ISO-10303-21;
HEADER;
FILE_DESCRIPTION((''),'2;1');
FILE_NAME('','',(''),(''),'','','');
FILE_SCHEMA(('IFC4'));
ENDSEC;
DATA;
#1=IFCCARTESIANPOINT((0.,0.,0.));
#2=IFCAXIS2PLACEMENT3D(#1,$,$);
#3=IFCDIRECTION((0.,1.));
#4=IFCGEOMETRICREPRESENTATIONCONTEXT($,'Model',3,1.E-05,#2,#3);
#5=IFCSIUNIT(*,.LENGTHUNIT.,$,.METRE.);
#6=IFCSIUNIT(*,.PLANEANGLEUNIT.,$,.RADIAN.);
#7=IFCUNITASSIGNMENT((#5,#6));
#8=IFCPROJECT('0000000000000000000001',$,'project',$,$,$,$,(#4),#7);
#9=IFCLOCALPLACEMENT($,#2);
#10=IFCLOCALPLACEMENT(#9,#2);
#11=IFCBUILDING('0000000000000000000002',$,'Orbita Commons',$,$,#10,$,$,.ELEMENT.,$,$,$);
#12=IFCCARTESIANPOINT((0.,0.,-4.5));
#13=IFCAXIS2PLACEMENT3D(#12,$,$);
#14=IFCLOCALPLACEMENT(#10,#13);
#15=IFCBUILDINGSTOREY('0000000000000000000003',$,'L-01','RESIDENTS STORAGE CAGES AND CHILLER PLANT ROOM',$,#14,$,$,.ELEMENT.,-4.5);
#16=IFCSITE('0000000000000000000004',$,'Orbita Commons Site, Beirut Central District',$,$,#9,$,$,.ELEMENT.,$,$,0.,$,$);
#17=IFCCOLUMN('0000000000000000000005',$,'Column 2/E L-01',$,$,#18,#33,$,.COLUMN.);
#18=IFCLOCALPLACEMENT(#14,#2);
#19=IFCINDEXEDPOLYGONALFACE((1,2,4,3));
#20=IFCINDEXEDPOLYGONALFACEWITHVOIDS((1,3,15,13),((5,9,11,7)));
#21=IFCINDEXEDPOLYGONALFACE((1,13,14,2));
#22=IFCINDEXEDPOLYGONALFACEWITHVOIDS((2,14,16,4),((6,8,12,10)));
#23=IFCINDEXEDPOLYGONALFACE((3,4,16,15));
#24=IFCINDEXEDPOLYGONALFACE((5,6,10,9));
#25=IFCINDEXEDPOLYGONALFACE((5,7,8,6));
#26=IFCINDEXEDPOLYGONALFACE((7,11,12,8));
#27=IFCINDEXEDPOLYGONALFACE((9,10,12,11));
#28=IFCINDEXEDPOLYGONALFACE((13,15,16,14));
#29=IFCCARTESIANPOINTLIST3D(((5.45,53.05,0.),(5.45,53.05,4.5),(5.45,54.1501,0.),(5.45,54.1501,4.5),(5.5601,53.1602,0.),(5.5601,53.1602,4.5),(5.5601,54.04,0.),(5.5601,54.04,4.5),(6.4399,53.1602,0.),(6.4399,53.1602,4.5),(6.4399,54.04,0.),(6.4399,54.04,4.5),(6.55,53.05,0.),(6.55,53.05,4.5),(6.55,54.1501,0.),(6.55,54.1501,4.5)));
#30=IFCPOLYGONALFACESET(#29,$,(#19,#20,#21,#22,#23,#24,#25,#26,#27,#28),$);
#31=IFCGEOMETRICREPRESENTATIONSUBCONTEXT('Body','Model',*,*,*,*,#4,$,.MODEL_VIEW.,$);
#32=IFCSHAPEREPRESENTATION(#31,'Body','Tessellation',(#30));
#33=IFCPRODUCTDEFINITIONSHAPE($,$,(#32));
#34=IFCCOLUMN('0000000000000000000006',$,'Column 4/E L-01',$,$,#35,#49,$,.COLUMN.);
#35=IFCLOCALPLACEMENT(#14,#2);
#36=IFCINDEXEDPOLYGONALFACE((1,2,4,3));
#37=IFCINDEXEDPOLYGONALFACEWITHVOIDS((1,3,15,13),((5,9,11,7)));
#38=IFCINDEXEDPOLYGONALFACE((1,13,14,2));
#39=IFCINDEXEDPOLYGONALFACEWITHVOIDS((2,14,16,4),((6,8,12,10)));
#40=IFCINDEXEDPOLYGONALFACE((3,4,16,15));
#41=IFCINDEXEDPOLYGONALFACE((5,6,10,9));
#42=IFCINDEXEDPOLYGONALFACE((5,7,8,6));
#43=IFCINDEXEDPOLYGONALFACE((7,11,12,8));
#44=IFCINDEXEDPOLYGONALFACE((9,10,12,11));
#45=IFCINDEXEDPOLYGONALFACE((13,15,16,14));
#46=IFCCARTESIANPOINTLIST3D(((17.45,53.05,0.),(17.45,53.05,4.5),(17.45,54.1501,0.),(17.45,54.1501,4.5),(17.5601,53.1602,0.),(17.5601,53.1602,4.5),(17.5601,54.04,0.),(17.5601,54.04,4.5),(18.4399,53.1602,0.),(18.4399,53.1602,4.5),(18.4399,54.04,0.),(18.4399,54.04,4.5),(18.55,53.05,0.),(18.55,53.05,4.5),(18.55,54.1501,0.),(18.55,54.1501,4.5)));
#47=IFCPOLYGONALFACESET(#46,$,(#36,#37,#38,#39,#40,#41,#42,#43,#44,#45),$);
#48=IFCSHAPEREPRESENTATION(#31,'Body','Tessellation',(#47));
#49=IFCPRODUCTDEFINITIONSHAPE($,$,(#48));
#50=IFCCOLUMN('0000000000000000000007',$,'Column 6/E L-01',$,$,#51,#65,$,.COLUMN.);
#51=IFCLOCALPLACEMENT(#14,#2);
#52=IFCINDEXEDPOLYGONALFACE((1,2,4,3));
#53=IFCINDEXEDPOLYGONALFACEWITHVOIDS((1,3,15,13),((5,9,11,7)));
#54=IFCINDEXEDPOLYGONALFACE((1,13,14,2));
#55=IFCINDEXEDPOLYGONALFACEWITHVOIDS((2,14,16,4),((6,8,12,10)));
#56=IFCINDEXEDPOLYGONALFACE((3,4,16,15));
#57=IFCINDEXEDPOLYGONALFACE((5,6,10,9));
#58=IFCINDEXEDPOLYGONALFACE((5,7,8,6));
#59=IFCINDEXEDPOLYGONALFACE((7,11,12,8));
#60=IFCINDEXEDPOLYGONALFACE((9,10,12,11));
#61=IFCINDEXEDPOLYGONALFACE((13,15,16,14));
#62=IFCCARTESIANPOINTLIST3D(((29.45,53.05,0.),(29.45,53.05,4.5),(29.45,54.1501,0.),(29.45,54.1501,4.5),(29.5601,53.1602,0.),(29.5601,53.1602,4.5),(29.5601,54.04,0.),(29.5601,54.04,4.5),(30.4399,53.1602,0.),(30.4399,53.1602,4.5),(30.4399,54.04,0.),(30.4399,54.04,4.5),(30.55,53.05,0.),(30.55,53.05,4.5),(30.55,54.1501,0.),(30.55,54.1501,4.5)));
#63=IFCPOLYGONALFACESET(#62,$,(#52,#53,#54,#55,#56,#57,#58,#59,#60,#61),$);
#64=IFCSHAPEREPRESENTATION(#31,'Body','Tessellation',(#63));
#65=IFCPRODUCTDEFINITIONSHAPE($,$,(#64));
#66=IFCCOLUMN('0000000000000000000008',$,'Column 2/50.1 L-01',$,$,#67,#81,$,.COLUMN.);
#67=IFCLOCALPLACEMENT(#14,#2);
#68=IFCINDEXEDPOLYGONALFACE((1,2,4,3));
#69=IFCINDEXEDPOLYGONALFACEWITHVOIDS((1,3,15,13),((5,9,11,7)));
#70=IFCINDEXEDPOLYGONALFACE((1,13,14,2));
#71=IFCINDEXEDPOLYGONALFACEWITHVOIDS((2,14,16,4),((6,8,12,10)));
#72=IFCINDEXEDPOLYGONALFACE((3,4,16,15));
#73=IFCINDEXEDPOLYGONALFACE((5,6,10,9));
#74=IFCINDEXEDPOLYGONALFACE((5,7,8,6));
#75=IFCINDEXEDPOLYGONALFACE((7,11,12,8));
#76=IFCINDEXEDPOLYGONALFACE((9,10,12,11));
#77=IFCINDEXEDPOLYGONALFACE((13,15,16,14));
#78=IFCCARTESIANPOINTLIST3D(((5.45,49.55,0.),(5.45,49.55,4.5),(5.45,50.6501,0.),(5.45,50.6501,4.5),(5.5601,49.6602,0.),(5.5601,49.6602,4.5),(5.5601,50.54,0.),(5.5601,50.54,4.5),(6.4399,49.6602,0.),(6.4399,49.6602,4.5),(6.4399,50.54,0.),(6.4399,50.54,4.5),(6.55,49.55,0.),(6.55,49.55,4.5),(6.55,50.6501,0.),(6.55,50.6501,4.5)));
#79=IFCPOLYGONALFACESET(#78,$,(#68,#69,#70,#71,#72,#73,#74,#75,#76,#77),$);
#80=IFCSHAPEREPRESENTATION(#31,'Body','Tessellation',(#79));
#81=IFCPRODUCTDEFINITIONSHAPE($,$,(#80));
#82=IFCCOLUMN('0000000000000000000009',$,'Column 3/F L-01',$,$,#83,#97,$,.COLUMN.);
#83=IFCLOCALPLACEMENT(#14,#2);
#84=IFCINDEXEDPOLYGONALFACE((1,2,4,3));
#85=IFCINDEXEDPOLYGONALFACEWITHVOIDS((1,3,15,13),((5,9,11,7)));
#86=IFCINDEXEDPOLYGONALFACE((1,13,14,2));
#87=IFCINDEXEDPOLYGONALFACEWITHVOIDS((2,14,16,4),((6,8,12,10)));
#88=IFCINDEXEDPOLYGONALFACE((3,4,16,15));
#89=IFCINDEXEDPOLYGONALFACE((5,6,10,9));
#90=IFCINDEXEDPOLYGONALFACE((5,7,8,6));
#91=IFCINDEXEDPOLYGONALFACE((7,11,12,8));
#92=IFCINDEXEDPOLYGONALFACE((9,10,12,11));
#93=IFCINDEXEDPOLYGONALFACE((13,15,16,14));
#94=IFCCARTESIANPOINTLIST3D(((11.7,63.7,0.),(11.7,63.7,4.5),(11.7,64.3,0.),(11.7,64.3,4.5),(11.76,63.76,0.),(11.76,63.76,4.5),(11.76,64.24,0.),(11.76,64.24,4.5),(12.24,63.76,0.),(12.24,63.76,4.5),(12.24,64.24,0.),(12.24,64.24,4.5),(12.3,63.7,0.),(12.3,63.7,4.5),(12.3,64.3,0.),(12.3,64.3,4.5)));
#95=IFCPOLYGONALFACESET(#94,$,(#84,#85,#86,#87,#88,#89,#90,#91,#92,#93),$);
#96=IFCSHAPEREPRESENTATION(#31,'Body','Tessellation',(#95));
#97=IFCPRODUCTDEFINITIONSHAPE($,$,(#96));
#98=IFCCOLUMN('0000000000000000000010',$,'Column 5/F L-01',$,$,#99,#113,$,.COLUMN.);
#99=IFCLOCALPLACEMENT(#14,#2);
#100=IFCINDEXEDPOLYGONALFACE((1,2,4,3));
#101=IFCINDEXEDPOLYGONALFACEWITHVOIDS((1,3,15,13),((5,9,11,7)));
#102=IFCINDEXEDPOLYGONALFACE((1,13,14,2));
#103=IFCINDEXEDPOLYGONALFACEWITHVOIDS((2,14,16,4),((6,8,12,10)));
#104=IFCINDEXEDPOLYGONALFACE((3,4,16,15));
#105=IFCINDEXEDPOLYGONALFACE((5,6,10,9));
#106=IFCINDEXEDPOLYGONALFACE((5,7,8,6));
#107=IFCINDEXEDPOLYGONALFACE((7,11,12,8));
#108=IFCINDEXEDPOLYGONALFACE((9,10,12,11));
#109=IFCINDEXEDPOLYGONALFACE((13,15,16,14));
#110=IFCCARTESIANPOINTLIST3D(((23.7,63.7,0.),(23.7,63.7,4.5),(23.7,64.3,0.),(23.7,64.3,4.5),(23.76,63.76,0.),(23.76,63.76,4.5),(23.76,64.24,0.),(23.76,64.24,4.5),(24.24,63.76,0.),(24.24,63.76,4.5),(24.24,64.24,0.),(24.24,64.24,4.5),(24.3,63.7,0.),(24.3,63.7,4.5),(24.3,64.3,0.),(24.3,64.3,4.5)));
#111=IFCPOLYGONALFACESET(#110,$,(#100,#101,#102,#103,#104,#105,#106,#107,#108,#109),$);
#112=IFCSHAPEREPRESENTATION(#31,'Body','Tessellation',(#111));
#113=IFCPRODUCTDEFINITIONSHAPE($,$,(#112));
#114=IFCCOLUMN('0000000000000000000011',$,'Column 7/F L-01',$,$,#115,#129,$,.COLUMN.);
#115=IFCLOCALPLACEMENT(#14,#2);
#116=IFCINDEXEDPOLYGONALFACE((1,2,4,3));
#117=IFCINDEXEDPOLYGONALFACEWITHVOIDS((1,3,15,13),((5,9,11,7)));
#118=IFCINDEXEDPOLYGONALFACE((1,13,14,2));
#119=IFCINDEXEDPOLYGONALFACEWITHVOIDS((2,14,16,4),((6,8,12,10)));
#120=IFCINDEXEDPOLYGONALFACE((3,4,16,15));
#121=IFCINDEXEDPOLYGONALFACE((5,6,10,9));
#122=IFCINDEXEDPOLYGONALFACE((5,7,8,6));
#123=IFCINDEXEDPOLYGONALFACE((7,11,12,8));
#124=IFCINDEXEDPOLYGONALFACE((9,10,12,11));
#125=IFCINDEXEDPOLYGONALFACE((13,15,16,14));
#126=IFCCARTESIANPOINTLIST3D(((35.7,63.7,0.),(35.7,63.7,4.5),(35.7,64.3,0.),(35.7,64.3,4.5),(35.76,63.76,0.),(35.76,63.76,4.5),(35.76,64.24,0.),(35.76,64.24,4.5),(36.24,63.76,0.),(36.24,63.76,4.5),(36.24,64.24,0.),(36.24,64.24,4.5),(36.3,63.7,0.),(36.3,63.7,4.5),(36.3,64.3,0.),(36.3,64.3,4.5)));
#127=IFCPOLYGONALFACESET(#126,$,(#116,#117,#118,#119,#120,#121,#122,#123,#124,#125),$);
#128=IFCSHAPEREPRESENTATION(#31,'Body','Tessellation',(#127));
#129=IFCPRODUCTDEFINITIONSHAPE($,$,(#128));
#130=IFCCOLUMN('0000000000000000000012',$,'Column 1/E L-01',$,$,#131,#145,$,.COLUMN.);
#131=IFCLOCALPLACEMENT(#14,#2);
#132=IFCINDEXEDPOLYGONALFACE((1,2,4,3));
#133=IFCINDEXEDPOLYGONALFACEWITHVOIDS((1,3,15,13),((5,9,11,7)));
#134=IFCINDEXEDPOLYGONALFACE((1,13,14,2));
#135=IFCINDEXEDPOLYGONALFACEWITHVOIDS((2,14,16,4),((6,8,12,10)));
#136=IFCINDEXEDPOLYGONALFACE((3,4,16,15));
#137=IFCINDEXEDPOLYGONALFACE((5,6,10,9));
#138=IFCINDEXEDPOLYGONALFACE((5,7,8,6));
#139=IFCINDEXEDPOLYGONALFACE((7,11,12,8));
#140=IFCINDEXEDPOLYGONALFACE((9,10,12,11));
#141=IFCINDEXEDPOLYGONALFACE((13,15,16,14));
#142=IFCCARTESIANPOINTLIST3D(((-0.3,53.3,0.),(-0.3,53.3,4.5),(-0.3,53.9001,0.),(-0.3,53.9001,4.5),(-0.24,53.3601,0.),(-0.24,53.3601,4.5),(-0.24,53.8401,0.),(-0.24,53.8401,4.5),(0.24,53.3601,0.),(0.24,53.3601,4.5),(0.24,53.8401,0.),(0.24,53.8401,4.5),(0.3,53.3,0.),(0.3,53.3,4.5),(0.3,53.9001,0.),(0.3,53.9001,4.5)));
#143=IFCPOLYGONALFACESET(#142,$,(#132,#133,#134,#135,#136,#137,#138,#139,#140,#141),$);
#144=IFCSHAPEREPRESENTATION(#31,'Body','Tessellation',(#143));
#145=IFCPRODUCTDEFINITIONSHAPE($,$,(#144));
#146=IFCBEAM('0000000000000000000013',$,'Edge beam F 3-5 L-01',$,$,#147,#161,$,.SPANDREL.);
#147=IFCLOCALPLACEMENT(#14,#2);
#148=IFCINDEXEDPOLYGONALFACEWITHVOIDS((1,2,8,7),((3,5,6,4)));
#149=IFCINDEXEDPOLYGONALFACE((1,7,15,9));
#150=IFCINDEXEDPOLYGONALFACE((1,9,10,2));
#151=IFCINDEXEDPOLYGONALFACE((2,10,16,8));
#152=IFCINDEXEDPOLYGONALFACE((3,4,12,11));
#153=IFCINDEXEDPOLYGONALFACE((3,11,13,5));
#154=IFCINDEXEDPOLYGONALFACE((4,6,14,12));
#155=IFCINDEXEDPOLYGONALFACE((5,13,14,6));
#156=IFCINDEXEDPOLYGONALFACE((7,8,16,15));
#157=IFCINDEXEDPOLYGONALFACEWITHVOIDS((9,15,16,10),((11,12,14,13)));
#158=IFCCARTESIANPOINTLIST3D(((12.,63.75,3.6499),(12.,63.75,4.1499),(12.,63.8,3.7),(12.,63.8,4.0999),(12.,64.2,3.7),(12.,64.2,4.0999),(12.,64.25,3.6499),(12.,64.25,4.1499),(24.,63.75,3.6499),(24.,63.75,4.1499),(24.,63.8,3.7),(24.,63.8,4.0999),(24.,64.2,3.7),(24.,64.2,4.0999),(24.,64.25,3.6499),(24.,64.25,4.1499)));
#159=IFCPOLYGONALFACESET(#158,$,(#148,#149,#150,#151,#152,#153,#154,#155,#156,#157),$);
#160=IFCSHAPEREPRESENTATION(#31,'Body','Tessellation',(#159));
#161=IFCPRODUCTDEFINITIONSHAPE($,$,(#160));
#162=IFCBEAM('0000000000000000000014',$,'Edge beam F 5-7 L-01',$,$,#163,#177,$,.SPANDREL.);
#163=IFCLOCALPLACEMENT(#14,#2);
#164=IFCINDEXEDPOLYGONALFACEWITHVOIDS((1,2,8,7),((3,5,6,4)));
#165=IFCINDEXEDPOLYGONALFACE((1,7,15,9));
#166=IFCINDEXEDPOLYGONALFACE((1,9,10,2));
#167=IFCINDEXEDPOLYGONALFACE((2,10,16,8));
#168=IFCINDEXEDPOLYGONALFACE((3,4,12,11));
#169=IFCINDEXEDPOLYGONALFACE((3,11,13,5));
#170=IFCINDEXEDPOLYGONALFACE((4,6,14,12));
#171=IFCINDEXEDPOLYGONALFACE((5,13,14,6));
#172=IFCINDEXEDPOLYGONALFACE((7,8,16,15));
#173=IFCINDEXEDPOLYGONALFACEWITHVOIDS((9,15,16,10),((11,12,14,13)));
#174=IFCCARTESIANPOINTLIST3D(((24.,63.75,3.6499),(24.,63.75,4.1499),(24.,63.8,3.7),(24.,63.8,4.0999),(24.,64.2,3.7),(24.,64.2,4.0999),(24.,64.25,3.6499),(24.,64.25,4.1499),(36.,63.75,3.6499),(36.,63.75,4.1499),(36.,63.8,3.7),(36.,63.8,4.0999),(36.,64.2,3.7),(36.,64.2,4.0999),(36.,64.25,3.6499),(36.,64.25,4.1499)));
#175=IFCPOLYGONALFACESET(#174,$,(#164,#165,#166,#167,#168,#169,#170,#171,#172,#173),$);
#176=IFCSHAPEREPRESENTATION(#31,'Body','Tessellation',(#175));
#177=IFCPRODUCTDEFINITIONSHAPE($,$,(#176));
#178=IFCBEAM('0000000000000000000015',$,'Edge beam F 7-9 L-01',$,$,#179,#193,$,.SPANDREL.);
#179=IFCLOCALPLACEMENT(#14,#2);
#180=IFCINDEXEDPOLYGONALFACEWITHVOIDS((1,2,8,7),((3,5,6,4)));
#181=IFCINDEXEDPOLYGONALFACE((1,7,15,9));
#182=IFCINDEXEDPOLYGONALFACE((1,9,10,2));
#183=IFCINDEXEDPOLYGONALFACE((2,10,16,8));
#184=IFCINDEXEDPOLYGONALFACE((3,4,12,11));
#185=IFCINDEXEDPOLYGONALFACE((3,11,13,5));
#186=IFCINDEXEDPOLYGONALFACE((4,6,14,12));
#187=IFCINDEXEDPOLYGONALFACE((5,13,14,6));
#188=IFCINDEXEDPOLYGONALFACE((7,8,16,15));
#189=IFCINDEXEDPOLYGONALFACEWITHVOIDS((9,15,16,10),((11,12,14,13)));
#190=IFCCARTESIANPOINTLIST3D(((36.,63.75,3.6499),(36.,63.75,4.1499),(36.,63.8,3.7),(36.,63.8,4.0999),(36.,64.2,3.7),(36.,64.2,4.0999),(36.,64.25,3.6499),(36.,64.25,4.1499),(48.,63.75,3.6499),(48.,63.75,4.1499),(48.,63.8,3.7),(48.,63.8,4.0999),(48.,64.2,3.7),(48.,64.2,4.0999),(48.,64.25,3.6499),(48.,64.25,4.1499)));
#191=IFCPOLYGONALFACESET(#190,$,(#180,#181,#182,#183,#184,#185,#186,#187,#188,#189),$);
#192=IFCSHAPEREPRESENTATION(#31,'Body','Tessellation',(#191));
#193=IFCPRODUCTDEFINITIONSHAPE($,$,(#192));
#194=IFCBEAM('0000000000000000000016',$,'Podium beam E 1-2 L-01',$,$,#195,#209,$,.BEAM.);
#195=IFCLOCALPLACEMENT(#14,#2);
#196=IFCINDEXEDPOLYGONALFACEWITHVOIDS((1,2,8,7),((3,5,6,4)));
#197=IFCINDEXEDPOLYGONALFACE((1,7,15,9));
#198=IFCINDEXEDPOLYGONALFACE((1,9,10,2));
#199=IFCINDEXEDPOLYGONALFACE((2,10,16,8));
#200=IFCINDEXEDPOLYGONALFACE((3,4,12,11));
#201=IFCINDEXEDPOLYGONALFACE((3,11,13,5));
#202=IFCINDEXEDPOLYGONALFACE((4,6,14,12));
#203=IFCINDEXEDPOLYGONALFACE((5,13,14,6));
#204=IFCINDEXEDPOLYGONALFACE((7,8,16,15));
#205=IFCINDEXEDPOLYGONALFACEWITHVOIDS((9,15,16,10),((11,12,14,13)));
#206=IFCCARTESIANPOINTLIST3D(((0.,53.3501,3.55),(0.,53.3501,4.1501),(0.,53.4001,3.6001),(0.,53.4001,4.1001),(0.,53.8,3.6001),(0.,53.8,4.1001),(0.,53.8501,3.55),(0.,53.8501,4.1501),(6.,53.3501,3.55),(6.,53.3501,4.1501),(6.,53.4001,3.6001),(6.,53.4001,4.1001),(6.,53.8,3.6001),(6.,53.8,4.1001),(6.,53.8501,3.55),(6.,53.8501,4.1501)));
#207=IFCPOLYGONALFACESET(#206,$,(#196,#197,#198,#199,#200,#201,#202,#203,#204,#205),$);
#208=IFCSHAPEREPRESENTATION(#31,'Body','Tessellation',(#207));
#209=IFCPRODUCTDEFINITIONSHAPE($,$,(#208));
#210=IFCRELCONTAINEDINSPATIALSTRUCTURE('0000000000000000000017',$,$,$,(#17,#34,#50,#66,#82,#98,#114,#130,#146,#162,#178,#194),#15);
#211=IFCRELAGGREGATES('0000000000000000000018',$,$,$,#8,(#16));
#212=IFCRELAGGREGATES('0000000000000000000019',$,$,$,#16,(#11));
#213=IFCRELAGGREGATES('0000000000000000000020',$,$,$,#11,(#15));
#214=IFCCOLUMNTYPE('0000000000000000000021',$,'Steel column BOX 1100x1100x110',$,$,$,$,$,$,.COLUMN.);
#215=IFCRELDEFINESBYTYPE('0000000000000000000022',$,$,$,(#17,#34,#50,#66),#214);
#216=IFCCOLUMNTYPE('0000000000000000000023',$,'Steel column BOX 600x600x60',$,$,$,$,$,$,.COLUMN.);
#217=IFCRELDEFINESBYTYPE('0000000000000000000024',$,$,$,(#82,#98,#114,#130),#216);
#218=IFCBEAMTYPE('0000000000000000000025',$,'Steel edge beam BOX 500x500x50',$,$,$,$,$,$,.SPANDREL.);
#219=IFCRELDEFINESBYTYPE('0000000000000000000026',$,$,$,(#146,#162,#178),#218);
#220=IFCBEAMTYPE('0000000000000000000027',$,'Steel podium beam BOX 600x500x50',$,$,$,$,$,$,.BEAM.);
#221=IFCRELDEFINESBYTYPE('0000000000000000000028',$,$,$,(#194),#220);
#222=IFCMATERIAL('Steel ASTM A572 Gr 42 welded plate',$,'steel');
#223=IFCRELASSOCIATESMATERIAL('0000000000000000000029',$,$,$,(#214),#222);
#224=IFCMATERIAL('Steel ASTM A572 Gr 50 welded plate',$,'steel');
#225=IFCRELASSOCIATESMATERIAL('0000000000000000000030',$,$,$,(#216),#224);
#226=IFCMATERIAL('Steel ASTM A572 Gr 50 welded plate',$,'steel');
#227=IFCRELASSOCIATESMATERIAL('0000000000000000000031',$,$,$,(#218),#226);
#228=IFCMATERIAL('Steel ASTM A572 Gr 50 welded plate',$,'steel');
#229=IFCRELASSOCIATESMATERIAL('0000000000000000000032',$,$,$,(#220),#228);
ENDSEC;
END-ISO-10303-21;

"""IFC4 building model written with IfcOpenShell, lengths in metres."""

from ifc_helpers import new_model, si_unit, direction, frame, origin, origin_2d, place, context, subcontext, project, spatial, hollow_rectangle, extrude, material, material_profile, profile_set, type_object, element, save


model = new_model("IFC4")

# Units and contexts
model_context = context("Model", 3, precision=1e-05, world=origin(), true_north=direction((0.0, 1.0)))
body_context = subcontext(model_context, "Body", "Model", "MODEL_VIEW")
ifc_project = project(units=[si_unit("LENGTHUNIT", "METRE"), si_unit("PLANEANGLEUNIT", "RADIAN")], contexts=[model_context])

# Site, building, storey
site_placement = place(None, origin())
site = spatial("IfcSite", under=ifc_project, at=site_placement, Name="Orbita Commons Site, Beirut Central District", CompositionType="ELEMENT", RefElevation=0.0)
building_placement = place(site_placement, origin())
building = spatial("IfcBuilding", under=site, at=building_placement, Name="Orbita Commons", CompositionType="ELEMENT")
storey_placement = place(building_placement, frame((0.0, 0.0, -4.5)))
storey = spatial("IfcBuildingStorey", under=building, at=storey_placement, Name="L-01", Description="RESIDENTS STORAGE CAGES AND CHILLER PLANT ROOM", CompositionType="ELEMENT", Elevation=-4.5)

# Columns
ifc_material_1 = material(Name="Steel ASTM A572 Gr 42 welded plate", Category="steel")
ifc_material_profile_1 = material_profile(ifc_material_1, hollow_rectangle(XDim=1.1001, YDim=1.1001, WallThickness=0.1101, at=origin_2d()), Name="BOX 1100x1100x110")
ifc_profile_set_1 = profile_set([ifc_material_profile_1], Name="Steel ASTM A572 Gr 42 welded plate")
column_type_1 = type_object("IfcColumnType", Name="Steel column BOX 1100x1100x110", PredefinedType="COLUMN", material=ifc_profile_set_1)
for number, where, z_axis, x_axis, name in (
    (1, (6.0, 53.6001, 0.0), (0.0, 0.0, 1.0), (1.0, 0.0, 0.0), "Column 2/E L-01"),
    (2, (18.0, 53.6001, 0.0), (0.0, 0.0, 1.0), (1.0, 0.0, 0.0), "Column 4/E L-01"),
    (3, (30.0, 53.6001, 0.0), (0.0, 0.0, 1.0), (1.0, 0.0, 0.0), "Column 6/E L-01"),
    (4, (6.0, 50.1001, 0.0), (0.0, 0.0, 1.0), (1.0, 0.0, 0.0), "Column 2/50.1 L-01"),
):
    element("IfcColumn", number, at=place(storey_placement, frame(where, z_axis=z_axis, x_axis=x_axis)), inside=storey, type_object=column_type_1, Name=name, PredefinedType="COLUMN", context=body_context, shape_type="SweptSolid", body=[
        extrude(hollow_rectangle(XDim=1.1001, YDim=1.1001, WallThickness=0.1101, at=origin_2d()), origin(), (0.0, 0.0, 1.0), 4.5),
    ])
ifc_material_2 = material(Name="Steel ASTM A572 Gr 50 welded plate", Category="steel")
ifc_material_profile_2 = material_profile(ifc_material_2, hollow_rectangle(XDim=0.6001, YDim=0.6001, WallThickness=0.0601, at=origin_2d()), Name="BOX 600x600x60")
ifc_profile_set_2 = profile_set([ifc_material_profile_2], Name="Steel ASTM A572 Gr 50 welded plate")
column_type_2 = type_object("IfcColumnType", Name="Steel column BOX 600x600x60", PredefinedType="COLUMN", material=ifc_profile_set_2)
for number, where, z_axis, x_axis, name in (
    (5, (12.0, 64.0, 0.0), (0.0, 0.0, 1.0), (1.0, 0.0, 0.0), "Column 3/F L-01"),
    (6, (24.0, 64.0, 0.0), (0.0, 0.0, 1.0), (1.0, 0.0, 0.0), "Column 5/F L-01"),
    (7, (36.0, 64.0, 0.0), (0.0, 0.0, 1.0), (1.0, 0.0, 0.0), "Column 7/F L-01"),
    (8, (0.0, 53.6001, 0.0), (0.0, 0.0, 1.0), (1.0, 0.0, 0.0), "Column 1/E L-01"),
):
    element("IfcColumn", number, at=place(storey_placement, frame(where, z_axis=z_axis, x_axis=x_axis)), inside=storey, type_object=column_type_2, Name=name, PredefinedType="COLUMN", context=body_context, shape_type="SweptSolid", body=[
        extrude(hollow_rectangle(XDim=0.6001, YDim=0.6001, WallThickness=0.0601, at=origin_2d()), origin(), (0.0, 0.0, 1.0), 4.5),
    ])

# Beams
ifc_material_3 = material(Name="Steel ASTM A572 Gr 50 welded plate", Category="steel")
ifc_material_profile_3 = material_profile(ifc_material_3, hollow_rectangle(XDim=0.5, YDim=0.5, WallThickness=0.05, at=origin_2d()), Name="BOX 500x500x50")
ifc_profile_set_3 = profile_set([ifc_material_profile_3], Name="Steel ASTM A572 Gr 50 welded plate")
beam_type_1 = type_object("IfcBeamType", Name="Steel edge beam BOX 500x500x50", PredefinedType="SPANDREL", material=ifc_profile_set_3)
for number, where, z_axis, x_axis, name in (
    (9, (12.0, 64.0, 3.8999), (1.0, 0.0, 0.0), (0.0, 1.0, 0.0), "Edge beam F 3-5 L-01"),
    (10, (24.0, 64.0, 3.8999), (1.0, 0.0, 0.0), (0.0, 1.0, 0.0), "Edge beam F 5-7 L-01"),
    (11, (36.0, 64.0, 3.8999), (1.0, 0.0, 0.0), (0.0, 1.0, 0.0), "Edge beam F 7-9 L-01"),
):
    element("IfcBeam", number, at=place(storey_placement, frame(where, z_axis=z_axis, x_axis=x_axis)), inside=storey, type_object=beam_type_1, Name=name, PredefinedType="SPANDREL", context=body_context, shape_type="SweptSolid", body=[
        extrude(hollow_rectangle(XDim=0.5, YDim=0.5, WallThickness=0.05, at=origin_2d()), origin(), (0.0, 0.0, 1.0), 12.0),
    ])
ifc_material_4 = material(Name="Steel ASTM A572 Gr 50 welded plate", Category="steel")
ifc_material_profile_4 = material_profile(ifc_material_4, hollow_rectangle(XDim=0.5, YDim=0.6001, WallThickness=0.05, at=origin_2d()), Name="BOX 600x500x50")
ifc_profile_set_4 = profile_set([ifc_material_profile_4], Name="Steel ASTM A572 Gr 50 welded plate")
beam_type_2 = type_object("IfcBeamType", Name="Steel podium beam BOX 600x500x50", PredefinedType="BEAM", material=ifc_profile_set_4)
beam_placement = place(storey_placement, frame((0.0, 53.6001, 3.8501), z_axis=(1.0, 0.0, 0.0), x_axis=(0.0, 1.0, 0.0)))
element("IfcBeam", 12, at=beam_placement, inside=storey, type_object=beam_type_2, Name="Podium beam E 1-2 L-01", PredefinedType="BEAM", context=body_context, shape_type="SweptSolid", body=[
    extrude(hollow_rectangle(XDim=0.5, YDim=0.6001, WallThickness=0.05, at=origin_2d()), origin(), (0.0, 0.0, 1.0), 6.0),
])

save(model, "model.ifc")
